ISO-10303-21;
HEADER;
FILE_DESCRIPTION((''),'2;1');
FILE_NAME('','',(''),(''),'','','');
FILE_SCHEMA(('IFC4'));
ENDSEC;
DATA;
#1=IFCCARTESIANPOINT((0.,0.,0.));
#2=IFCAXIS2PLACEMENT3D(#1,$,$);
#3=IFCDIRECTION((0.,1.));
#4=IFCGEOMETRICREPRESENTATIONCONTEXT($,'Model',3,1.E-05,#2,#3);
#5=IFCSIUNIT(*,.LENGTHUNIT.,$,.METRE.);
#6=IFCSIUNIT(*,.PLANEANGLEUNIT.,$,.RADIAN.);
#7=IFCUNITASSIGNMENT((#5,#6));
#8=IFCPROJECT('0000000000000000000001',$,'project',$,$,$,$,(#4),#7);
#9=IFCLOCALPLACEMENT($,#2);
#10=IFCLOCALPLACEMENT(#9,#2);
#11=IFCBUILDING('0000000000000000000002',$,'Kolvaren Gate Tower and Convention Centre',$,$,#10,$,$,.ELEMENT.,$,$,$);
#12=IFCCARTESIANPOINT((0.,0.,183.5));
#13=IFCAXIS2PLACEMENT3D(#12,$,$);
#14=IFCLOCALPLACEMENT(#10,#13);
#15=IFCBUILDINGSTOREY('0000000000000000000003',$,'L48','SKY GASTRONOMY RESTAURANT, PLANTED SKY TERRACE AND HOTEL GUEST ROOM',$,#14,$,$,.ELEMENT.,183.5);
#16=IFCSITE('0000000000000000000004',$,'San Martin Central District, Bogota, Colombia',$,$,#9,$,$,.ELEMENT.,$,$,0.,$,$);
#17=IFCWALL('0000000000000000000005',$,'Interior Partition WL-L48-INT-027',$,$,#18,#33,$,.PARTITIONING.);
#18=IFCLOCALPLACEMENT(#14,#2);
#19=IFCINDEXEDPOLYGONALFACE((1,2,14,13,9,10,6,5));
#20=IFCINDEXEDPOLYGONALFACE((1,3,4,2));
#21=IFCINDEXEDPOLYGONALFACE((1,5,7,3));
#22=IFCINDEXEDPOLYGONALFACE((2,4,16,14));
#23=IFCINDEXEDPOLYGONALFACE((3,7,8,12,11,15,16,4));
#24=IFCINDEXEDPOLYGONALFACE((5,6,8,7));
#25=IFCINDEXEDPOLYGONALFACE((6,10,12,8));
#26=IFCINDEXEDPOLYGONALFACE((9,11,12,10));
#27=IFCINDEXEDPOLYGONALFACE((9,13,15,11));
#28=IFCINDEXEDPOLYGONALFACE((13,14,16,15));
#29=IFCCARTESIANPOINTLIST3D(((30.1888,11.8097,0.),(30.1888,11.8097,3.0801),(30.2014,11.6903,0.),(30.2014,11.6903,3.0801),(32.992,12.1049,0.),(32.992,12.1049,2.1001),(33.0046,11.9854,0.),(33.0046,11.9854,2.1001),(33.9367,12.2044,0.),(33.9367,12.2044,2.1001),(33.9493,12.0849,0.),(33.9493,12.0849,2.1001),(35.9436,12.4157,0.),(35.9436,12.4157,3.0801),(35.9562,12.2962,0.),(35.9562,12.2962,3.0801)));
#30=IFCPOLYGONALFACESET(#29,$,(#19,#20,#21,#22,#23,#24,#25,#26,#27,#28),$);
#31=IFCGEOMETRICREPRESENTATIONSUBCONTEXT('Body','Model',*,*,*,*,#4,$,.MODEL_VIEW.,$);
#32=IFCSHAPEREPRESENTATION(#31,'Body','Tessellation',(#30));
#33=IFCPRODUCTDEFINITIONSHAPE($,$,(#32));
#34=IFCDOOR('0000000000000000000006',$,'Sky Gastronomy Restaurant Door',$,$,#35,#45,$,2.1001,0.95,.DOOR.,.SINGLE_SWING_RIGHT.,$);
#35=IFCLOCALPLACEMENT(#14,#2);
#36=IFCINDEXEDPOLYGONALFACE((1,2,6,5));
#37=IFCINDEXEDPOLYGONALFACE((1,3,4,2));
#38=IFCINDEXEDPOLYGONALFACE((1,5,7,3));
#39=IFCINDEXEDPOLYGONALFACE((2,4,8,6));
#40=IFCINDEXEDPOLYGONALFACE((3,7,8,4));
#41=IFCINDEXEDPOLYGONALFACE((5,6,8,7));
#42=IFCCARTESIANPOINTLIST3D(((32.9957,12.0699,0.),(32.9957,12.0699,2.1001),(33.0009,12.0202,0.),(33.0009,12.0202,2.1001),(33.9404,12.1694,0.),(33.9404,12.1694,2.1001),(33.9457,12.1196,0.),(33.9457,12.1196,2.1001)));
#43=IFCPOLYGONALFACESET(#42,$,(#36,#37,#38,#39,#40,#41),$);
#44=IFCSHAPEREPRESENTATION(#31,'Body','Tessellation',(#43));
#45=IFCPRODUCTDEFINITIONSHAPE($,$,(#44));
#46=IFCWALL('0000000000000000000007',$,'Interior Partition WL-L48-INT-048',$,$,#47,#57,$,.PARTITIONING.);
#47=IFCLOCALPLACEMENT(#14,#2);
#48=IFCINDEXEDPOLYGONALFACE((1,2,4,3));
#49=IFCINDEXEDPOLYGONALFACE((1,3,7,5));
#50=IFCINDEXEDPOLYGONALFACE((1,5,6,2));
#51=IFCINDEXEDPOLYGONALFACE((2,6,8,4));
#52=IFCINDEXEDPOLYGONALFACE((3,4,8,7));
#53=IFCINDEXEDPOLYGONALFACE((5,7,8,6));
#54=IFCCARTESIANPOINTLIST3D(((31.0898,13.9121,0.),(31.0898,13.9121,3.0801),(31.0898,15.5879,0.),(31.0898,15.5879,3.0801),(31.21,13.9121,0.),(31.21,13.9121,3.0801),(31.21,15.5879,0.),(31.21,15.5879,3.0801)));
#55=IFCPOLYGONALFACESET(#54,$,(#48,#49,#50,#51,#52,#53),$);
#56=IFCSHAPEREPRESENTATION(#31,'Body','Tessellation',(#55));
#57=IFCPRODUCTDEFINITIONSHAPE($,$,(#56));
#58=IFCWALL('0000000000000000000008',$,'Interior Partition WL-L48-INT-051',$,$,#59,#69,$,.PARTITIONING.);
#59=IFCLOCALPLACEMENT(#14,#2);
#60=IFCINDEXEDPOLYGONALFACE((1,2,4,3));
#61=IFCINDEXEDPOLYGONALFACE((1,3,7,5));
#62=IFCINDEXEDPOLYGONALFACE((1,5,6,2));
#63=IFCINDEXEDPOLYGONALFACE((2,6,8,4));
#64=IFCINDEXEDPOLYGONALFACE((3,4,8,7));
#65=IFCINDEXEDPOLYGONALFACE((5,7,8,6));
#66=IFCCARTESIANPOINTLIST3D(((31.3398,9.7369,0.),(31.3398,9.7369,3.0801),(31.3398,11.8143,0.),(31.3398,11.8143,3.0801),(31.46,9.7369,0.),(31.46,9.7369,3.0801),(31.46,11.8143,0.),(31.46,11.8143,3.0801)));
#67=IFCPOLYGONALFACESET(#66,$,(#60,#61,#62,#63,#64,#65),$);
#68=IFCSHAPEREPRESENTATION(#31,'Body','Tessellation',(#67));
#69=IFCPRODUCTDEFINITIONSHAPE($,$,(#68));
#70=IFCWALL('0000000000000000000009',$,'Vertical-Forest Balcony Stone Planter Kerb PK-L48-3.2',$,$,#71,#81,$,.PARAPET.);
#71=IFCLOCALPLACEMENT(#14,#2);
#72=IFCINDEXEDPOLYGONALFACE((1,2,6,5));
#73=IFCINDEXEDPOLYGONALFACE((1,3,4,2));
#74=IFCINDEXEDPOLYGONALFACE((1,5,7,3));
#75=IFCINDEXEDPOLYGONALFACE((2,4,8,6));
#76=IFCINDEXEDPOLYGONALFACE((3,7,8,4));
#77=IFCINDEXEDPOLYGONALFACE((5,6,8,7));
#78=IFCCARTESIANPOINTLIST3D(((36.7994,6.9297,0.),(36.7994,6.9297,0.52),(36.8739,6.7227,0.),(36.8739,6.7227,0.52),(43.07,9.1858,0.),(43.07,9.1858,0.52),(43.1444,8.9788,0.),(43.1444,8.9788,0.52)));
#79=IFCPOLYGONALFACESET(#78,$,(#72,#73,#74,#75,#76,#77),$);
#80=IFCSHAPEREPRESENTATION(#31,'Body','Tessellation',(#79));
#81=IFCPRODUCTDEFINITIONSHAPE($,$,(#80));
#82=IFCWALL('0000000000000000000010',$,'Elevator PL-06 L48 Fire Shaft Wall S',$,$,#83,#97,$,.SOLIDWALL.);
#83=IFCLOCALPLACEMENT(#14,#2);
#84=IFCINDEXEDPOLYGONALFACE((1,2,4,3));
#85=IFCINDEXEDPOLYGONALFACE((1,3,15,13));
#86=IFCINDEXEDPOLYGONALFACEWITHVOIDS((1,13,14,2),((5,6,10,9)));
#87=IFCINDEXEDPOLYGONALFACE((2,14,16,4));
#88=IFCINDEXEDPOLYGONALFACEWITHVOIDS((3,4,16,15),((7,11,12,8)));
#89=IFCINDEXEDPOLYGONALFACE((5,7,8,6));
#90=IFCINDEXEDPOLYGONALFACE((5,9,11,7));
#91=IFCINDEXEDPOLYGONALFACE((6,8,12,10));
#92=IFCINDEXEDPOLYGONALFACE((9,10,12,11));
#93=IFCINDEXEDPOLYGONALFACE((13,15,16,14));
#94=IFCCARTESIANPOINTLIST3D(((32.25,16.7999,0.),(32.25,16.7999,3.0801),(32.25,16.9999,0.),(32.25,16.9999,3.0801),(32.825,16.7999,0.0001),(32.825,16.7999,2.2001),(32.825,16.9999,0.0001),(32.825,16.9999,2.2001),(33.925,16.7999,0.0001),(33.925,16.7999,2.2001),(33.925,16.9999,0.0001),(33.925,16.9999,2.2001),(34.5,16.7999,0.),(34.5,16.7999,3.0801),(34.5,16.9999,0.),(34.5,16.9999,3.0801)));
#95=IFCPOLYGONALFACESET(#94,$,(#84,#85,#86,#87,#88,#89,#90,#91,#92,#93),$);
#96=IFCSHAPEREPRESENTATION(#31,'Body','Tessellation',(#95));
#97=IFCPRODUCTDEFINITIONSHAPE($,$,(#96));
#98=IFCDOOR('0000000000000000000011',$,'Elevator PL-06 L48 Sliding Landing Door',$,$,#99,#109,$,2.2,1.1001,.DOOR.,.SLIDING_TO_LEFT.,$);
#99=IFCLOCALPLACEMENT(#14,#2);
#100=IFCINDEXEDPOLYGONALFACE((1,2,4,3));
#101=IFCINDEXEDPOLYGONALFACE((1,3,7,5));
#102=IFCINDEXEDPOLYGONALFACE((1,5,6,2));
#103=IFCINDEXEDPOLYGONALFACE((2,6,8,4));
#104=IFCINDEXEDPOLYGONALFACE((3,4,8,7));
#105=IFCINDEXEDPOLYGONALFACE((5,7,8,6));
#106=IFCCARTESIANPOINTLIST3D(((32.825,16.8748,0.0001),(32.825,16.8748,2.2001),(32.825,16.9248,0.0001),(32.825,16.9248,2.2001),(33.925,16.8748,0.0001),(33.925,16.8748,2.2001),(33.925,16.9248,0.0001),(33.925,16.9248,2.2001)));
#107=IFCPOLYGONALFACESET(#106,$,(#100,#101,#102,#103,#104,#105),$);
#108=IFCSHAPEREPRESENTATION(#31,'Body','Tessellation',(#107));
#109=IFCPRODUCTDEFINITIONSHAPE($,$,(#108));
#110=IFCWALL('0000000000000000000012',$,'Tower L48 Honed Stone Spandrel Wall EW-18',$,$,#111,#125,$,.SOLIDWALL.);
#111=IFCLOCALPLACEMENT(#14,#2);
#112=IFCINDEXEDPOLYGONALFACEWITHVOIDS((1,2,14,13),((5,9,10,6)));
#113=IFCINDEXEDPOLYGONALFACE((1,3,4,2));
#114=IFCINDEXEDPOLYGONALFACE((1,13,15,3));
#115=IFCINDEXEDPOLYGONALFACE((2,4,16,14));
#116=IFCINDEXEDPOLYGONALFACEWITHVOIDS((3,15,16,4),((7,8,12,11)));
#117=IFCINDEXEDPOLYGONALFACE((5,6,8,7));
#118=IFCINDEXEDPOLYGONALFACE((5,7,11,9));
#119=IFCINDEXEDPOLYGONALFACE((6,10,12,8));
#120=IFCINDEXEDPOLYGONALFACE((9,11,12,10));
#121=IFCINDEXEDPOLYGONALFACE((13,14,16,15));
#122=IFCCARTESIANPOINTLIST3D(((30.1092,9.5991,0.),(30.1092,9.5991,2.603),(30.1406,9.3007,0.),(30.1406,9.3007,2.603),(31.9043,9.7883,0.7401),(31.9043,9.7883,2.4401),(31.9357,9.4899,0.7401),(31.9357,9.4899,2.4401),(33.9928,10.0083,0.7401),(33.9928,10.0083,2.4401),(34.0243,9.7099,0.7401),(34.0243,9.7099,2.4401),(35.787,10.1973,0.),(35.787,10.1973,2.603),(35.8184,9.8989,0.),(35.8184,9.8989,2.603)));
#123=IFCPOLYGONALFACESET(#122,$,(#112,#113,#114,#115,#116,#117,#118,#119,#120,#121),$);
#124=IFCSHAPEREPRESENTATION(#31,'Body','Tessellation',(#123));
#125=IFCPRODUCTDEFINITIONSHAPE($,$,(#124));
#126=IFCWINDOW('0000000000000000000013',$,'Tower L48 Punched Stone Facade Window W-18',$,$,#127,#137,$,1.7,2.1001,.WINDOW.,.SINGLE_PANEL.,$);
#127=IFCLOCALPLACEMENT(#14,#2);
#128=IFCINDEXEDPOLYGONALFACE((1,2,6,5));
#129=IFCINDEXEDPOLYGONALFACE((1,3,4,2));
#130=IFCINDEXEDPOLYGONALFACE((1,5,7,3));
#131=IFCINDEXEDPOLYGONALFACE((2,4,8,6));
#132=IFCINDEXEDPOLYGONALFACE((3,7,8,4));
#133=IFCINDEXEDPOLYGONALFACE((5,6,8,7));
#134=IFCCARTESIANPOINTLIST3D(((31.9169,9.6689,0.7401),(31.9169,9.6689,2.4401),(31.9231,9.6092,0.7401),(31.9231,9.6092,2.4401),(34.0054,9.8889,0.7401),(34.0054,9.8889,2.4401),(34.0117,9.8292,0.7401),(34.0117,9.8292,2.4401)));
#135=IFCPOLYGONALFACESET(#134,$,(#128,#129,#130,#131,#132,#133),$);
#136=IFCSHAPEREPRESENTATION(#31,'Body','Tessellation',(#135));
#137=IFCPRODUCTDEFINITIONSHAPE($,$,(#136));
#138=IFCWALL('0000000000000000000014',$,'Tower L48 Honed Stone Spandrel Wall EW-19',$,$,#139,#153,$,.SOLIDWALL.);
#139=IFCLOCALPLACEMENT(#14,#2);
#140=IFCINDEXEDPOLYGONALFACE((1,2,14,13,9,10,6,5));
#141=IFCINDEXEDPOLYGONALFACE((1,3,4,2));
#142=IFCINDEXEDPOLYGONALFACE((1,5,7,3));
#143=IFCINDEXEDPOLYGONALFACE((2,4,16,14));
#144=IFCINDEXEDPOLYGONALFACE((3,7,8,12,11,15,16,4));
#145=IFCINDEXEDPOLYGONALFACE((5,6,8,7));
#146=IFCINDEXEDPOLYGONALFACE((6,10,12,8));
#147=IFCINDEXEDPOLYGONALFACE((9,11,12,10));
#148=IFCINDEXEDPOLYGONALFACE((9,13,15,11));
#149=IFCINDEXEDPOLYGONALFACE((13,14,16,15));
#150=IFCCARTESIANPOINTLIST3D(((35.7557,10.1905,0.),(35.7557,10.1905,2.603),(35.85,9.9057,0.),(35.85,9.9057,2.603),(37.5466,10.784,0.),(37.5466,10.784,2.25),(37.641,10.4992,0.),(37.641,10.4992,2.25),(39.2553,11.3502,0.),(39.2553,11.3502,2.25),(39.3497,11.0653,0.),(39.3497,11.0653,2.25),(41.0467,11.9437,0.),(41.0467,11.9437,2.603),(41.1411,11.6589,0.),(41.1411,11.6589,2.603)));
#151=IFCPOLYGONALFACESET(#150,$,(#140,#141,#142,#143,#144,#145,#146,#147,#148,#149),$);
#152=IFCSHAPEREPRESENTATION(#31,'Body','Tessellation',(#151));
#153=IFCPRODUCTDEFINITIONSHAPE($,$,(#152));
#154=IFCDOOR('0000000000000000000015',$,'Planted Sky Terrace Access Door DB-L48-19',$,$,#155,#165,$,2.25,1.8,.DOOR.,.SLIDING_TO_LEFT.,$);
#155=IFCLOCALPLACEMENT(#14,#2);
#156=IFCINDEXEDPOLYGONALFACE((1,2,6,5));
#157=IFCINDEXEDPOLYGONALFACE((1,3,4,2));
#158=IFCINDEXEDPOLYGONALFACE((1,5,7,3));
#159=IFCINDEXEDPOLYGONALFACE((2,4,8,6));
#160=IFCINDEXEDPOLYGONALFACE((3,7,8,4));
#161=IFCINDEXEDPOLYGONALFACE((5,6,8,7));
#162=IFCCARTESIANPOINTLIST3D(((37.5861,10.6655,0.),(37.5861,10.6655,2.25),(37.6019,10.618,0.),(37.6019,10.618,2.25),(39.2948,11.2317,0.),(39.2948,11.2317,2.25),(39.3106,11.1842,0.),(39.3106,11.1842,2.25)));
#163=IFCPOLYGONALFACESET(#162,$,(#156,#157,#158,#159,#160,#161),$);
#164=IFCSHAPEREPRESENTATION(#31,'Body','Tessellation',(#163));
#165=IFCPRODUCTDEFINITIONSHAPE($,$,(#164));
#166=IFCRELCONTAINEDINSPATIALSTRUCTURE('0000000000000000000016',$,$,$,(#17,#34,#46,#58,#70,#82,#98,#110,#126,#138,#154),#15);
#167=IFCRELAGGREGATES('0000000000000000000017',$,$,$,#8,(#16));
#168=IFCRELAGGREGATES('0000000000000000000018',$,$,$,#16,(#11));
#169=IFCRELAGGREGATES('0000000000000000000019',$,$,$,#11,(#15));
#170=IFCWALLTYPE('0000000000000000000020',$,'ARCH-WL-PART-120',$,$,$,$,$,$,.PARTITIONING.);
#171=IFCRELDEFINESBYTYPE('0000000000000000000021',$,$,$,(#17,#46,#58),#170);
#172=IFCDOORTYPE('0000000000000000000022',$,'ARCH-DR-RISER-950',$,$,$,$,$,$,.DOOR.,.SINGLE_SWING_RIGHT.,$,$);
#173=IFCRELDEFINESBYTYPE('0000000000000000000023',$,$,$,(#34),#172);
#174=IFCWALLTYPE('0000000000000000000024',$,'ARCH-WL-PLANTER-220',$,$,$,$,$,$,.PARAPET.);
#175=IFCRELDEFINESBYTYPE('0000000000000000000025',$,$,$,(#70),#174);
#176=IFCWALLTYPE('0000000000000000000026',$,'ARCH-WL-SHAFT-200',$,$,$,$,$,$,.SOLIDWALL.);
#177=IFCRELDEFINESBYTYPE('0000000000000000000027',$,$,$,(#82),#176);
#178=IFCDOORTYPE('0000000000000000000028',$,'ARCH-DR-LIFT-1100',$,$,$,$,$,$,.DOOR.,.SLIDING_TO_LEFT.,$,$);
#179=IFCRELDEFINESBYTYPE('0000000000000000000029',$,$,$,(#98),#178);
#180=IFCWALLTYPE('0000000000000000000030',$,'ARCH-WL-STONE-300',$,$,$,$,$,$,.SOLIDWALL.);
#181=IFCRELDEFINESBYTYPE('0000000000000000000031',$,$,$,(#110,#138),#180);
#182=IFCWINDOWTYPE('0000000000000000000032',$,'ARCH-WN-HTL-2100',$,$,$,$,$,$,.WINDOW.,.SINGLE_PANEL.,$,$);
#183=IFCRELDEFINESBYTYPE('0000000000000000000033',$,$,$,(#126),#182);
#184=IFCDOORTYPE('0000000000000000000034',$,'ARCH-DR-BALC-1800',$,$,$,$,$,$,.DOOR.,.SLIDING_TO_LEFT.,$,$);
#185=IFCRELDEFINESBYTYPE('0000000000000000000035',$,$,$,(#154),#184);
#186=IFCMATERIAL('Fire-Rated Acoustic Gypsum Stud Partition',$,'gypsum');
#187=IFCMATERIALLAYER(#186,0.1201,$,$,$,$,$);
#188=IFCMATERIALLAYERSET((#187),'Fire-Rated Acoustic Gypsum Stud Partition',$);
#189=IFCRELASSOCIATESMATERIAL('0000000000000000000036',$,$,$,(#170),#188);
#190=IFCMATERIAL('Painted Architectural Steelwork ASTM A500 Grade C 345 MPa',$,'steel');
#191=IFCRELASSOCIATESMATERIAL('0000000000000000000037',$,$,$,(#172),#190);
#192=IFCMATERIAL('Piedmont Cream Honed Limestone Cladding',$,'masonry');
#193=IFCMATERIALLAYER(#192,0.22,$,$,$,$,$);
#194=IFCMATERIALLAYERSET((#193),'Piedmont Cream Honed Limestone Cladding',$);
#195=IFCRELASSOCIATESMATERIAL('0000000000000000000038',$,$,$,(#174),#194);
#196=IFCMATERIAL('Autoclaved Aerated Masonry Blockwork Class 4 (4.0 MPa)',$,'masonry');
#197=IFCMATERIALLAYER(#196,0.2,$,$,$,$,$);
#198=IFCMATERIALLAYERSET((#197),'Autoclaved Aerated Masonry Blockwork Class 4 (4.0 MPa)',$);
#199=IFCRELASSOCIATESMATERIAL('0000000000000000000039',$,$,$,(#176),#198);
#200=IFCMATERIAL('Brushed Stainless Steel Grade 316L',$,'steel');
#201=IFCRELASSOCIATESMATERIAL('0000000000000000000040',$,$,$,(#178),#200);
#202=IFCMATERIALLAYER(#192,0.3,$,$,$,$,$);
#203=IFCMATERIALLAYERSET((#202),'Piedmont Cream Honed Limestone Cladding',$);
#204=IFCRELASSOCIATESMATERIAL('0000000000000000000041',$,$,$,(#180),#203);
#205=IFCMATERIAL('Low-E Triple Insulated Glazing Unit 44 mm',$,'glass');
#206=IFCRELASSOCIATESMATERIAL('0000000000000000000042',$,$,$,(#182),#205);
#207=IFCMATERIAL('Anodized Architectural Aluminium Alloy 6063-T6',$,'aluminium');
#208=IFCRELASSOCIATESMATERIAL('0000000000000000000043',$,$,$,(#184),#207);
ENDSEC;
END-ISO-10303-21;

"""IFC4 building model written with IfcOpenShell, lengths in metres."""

from ifc_helpers import new_model, si_unit, direction, frame, frame_2d, origin, place, context, subcontext, project, spatial, rectangle, extrude, material, layer, layer_set, type_object, element, fill, save


model = new_model("IFC4")

# Units and contexts
model_context = context("Model", 3, precision=1e-05, world=origin(), true_north=direction((0.0, 1.0)))
body_context = subcontext(model_context, "Body", "Model", "MODEL_VIEW")
ifc_project = project(units=[si_unit("LENGTHUNIT", "METRE"), si_unit("PLANEANGLEUNIT", "RADIAN")], contexts=[model_context])

# Site, building, storey
site_placement = place(None, origin())
site = spatial("IfcSite", under=ifc_project, at=site_placement, Name="San Martin Central District, Bogota, Colombia", CompositionType="ELEMENT", RefElevation=0.0)
building_placement = place(site_placement, origin())
building = spatial("IfcBuilding", under=site, at=building_placement, Name="Kolvaren Gate Tower and Convention Centre", CompositionType="ELEMENT")
storey_placement = place(building_placement, frame((0.0, 0.0, 183.5)))
storey = spatial("IfcBuildingStorey", under=building, at=storey_placement, Name="L48", Description="SKY GASTRONOMY RESTAURANT, PLANTED SKY TERRACE AND HOTEL GUEST ROOM", CompositionType="ELEMENT", Elevation=183.5)

# Shared definitions
ifc_material_1 = material(Name="Fire-Rated Acoustic Gypsum Stud Partition", Category="gypsum")
ifc_layer_1 = layer(ifc_material_1, 0.1201)
ifc_layer_set_1 = layer_set([ifc_layer_1], Name="Fire-Rated Acoustic Gypsum Stud Partition")
wall_type_1 = type_object("IfcWallType", Name="ARCH-WL-PART-120", PredefinedType="PARTITIONING", material=ifc_layer_set_1)

# Wall, opening, door
wall_1_placement = place(storey_placement, frame((30.1951, 11.75, 0.0), z_axis=(0.0, 0.0, 1.0), x_axis=(0.994502, 0.104716, 0.0)))
wall_1 = element("IfcWall", 1, at=wall_1_placement, inside=storey, type_object=wall_type_1, Name="Interior Partition WL-L48-INT-027", PredefinedType="PARTITIONING", context=body_context, shape_type="SweptSolid", body=[
    extrude(rectangle(XDim=5.7866, YDim=0.1201, at=frame_2d((2.8933, 0.0))), origin(), (0.0, 0.0, 1.0), 3.0801),
])
opening_1_placement = place(wall_1_placement, frame((2.8186, 0.0, 0.0)))
opening_1 = element("IfcOpeningElement", 2, at=opening_1_placement, cuts=wall_1, PredefinedType="OPENING", context=body_context, shape_type="SweptSolid", body=[
    extrude(rectangle(XDim=0.95, YDim=2.1001, at=frame_2d((0.4751, 1.05))), frame((0.0, 0.0701, 0.0), z_axis=(0.0, -1.0, 0.0), x_axis=(1.0, 0.0, 0.0)), (0.0, 0.0, 1.0), 0.1401),
])
ifc_material_2 = material(Name="Painted Architectural Steelwork ASTM A500 Grade C 345 MPa", Category="steel")
door_type_1 = type_object("IfcDoorType", Name="ARCH-DR-RISER-950", OperationType="SINGLE_SWING_RIGHT", PredefinedType="DOOR", material=ifc_material_2)
door_1_placement = place(opening_1_placement, origin())
door_1 = element("IfcDoor", 3, at=door_1_placement, inside=storey, type_object=door_type_1, Name="Sky Gastronomy Restaurant Door", OperationType="SINGLE_SWING_RIGHT", OverallHeight=2.1001, OverallWidth=0.95, PredefinedType="DOOR", context=body_context, shape_type="SweptSolid", body=[
    extrude(rectangle(XDim=0.95, YDim=2.1001, at=frame_2d((0.4751, 1.05))), frame((0.0, 0.0249, 0.0), z_axis=(0.0, -1.0, 0.0), x_axis=(1.0, 0.0, 0.0)), (0.0, 0.0, 1.0), 0.05),
])
fill(opening_1, door_1)

# Walls
wall_2_placement = place(storey_placement, frame((31.1499, 13.9121, 0.0), z_axis=(0.0, 0.0, 1.0), x_axis=(0.0, 1.0, 0.0)))
element("IfcWall", 4, at=wall_2_placement, inside=storey, type_object=wall_type_1, Name="Interior Partition WL-L48-INT-048", PredefinedType="PARTITIONING", context=body_context, shape_type="SweptSolid", body=[
    extrude(rectangle(XDim=1.6758, YDim=0.1201, at=frame_2d((0.8379, 0.0))), origin(), (0.0, 0.0, 1.0), 3.0801),
])
wall_3_placement = place(storey_placement, frame((31.3999, 9.7371, 0.0), z_axis=(0.0, 0.0, 1.0), x_axis=(0.0, 1.0, 0.0)))
element("IfcWall", 5, at=wall_3_placement, inside=storey, type_object=wall_type_1, Name="Interior Partition WL-L48-INT-051", PredefinedType="PARTITIONING", context=body_context, shape_type="SweptSolid", body=[
    extrude(rectangle(XDim=2.0774, YDim=0.1201, at=frame_2d((1.0386, 0.0))), origin(), (0.0, 0.0, 1.0), 3.0801),
])
ifc_material_3 = material(Name="Piedmont Cream Honed Limestone Cladding", Category="masonry")
ifc_layer_2 = layer(ifc_material_3, 0.22)
ifc_layer_set_2 = layer_set([ifc_layer_2], Name="Piedmont Cream Honed Limestone Cladding")
wall_type_2 = type_object("IfcWallType", Name="ARCH-WL-PLANTER-220", PredefinedType="PARAPET", material=ifc_layer_set_2)
wall_4_placement = place(storey_placement, frame((36.8367, 6.8262, 0.0), z_axis=(0.0, 0.0, 1.0), x_axis=(0.940949, 0.33855, 0.0)))
element("IfcWall", 6, at=wall_4_placement, inside=storey, type_object=wall_type_2, Name="Vertical-Forest Balcony Stone Planter Kerb PK-L48-3.2", PredefinedType="PARAPET", context=body_context, shape_type="SweptSolid", body=[
    extrude(rectangle(XDim=6.6641, YDim=0.22, at=frame_2d((3.332, 0.0))), origin(), (0.0, 0.0, 1.0), 0.52),
])

# Wall, opening, door
ifc_material_4 = material(Name="Autoclaved Aerated Masonry Blockwork Class 4 (4.0 MPa)", Category="masonry")
ifc_layer_3 = layer(ifc_material_4, 0.2)
ifc_layer_set_3 = layer_set([ifc_layer_3], Name="Autoclaved Aerated Masonry Blockwork Class 4 (4.0 MPa)")
wall_type_3 = type_object("IfcWallType", Name="ARCH-WL-SHAFT-200", PredefinedType="SOLIDWALL", material=ifc_layer_set_3)
wall_5_placement = place(storey_placement, frame((32.25, 16.8999, 0.0), z_axis=(0.0, 0.0, 1.0), x_axis=(1.0, 0.0, 0.0)))
wall_5 = element("IfcWall", 7, at=wall_5_placement, inside=storey, type_object=wall_type_3, Name="Elevator PL-06 L48 Fire Shaft Wall S", PredefinedType="SOLIDWALL", context=body_context, shape_type="SweptSolid", body=[
    extrude(rectangle(XDim=2.25, YDim=0.2, at=frame_2d((1.125, 0.0))), origin(), (0.0, 0.0, 1.0), 3.0801),
])
opening_2_placement = place(wall_5_placement, frame((0.575, 0.0, 0.0)))
opening_2 = element("IfcOpeningElement", 8, at=opening_2_placement, cuts=wall_5, PredefinedType="OPENING", context=body_context, shape_type="SweptSolid", body=[
    extrude(rectangle(XDim=1.1001, YDim=2.2, at=frame_2d((0.55, 1.1001))), frame((0.0, 0.1099, 0.0), z_axis=(0.0, -1.0, 0.0), x_axis=(1.0, 0.0, 0.0)), (0.0, 0.0, 1.0), 0.22),
])
ifc_material_5 = material(Name="Brushed Stainless Steel Grade 316L", Category="steel")
door_type_2 = type_object("IfcDoorType", Name="ARCH-DR-LIFT-1100", OperationType="SLIDING_TO_LEFT", PredefinedType="DOOR", material=ifc_material_5)
door_2_placement = place(opening_2_placement, origin())
door_2 = element("IfcDoor", 9, at=door_2_placement, inside=storey, type_object=door_type_2, Name="Elevator PL-06 L48 Sliding Landing Door", OperationType="SLIDING_TO_LEFT", OverallHeight=2.2, OverallWidth=1.1001, PredefinedType="DOOR", context=body_context, shape_type="SweptSolid", body=[
    extrude(rectangle(XDim=1.1001, YDim=2.2, at=frame_2d((0.55, 1.1001))), frame((0.0, 0.0249, 0.0), z_axis=(0.0, -1.0, 0.0), x_axis=(1.0, 0.0, 0.0)), (0.0, 0.0, 1.0), 0.05),
])
fill(opening_2, door_2)

# Wall, opening, window
ifc_layer_4 = layer(ifc_material_3, 0.3)
ifc_layer_set_4 = layer_set([ifc_layer_4], Name="Piedmont Cream Honed Limestone Cladding")
wall_type_4 = type_object("IfcWallType", Name="ARCH-WL-STONE-300", PredefinedType="SOLIDWALL", material=ifc_layer_set_4)
wall_6_placement = place(storey_placement, frame((30.125, 9.45, 0.0), z_axis=(0.0, 0.0, 1.0), x_axis=(0.994497, 0.104769, 0.0)))
wall_6 = element("IfcWall", 10, at=wall_6_placement, inside=storey, type_object=wall_type_4, Name="Tower L48 Honed Stone Spandrel Wall EW-18", PredefinedType="SOLIDWALL", context=body_context, shape_type="SweptSolid", body=[
    extrude(rectangle(XDim=5.7092, YDim=0.3, at=frame_2d((2.8545, 0.0))), origin(), (0.0, 0.0, 1.0), 2.603),
])
opening_3_placement = place(wall_6_placement, frame((1.8049, 0.0, 0.74)))
opening_3 = element("IfcOpeningElement", 11, at=opening_3_placement, cuts=wall_6, PredefinedType="OPENING", context=body_context, shape_type="SweptSolid", body=[
    extrude(rectangle(XDim=2.1001, YDim=1.7, at=frame_2d((1.05, 0.8501))), frame((0.0, 0.1599, 0.0), z_axis=(0.0, -1.0, 0.0), x_axis=(1.0, 0.0, 0.0)), (0.0, 0.0, 1.0), 0.3201),
])
ifc_material_6 = material(Name="Low-E Triple Insulated Glazing Unit 44 mm", Category="glass")
window_type = type_object("IfcWindowType", Name="ARCH-WN-HTL-2100", PartitioningType="SINGLE_PANEL", PredefinedType="WINDOW", material=ifc_material_6)
window_placement = place(opening_3_placement, origin())
window = element("IfcWindow", 12, at=window_placement, inside=storey, type_object=window_type, Name="Tower L48 Punched Stone Facade Window W-18", OverallHeight=1.7, OverallWidth=2.1001, PartitioningType="SINGLE_PANEL", PredefinedType="WINDOW", context=body_context, shape_type="SweptSolid", body=[
    extrude(rectangle(XDim=2.1001, YDim=1.7, at=frame_2d((1.05, 0.8501))), frame((0.0, 0.03, 0.0), z_axis=(0.0, -1.0, 0.0), x_axis=(1.0, 0.0, 0.0)), (0.0, 0.0, 1.0), 0.0601),
])
fill(opening_3, window)

# Wall, opening, door
wall_7_placement = place(storey_placement, frame((35.8027, 10.0481, 0.0), z_axis=(0.0, 0.0, 1.0), x_axis=(0.949247, 0.314532, 0.0)))
wall_7 = element("IfcWall", 13, at=wall_7_placement, inside=storey, type_object=wall_type_4, Name="Tower L48 Honed Stone Spandrel Wall EW-19", PredefinedType="SOLIDWALL", context=body_context, shape_type="SweptSolid", body=[
    extrude(rectangle(XDim=5.574, YDim=0.3, at=frame_2d((2.7871, 0.0))), origin(), (0.0, 0.0, 1.0), 2.603),
])
opening_4_placement = place(wall_7_placement, frame((1.887, 0.0, 0.0)))
opening_4 = element("IfcOpeningElement", 14, at=opening_4_placement, cuts=wall_7, PredefinedType="OPENING", context=body_context, shape_type="SweptSolid", body=[
    extrude(rectangle(XDim=1.8, YDim=2.25, at=frame_2d((0.8999, 1.125))), frame((0.0, 0.1599, 0.0), z_axis=(0.0, -1.0, 0.0), x_axis=(1.0, 0.0, 0.0)), (0.0, 0.0, 1.0), 0.3201),
])
ifc_material_7 = material(Name="Anodized Architectural Aluminium Alloy 6063-T6", Category="aluminium")
door_type_3 = type_object("IfcDoorType", Name="ARCH-DR-BALC-1800", OperationType="SLIDING_TO_LEFT", PredefinedType="DOOR", material=ifc_material_7)
door_3_placement = place(opening_4_placement, frame((1.8, 0.0, 0.0), z_axis=(0.0, 0.0, 1.0), x_axis=(-1.0, 0.0, 0.0)))
door_3 = element("IfcDoor", 15, at=door_3_placement, inside=storey, type_object=door_type_3, Name="Planted Sky Terrace Access Door DB-L48-19", OperationType="SLIDING_TO_LEFT", OverallHeight=2.25, OverallWidth=1.8, PredefinedType="DOOR", context=body_context, shape_type="SweptSolid", body=[
    extrude(rectangle(XDim=1.8, YDim=2.25, at=frame_2d((0.8999, 1.125))), frame((0.0, 0.0249, 0.0), z_axis=(0.0, -1.0, 0.0), x_axis=(1.0, 0.0, 0.0)), (0.0, 0.0, 1.0), 0.05),
])
fill(opening_4, door_3)

save(model, "model.ifc")
